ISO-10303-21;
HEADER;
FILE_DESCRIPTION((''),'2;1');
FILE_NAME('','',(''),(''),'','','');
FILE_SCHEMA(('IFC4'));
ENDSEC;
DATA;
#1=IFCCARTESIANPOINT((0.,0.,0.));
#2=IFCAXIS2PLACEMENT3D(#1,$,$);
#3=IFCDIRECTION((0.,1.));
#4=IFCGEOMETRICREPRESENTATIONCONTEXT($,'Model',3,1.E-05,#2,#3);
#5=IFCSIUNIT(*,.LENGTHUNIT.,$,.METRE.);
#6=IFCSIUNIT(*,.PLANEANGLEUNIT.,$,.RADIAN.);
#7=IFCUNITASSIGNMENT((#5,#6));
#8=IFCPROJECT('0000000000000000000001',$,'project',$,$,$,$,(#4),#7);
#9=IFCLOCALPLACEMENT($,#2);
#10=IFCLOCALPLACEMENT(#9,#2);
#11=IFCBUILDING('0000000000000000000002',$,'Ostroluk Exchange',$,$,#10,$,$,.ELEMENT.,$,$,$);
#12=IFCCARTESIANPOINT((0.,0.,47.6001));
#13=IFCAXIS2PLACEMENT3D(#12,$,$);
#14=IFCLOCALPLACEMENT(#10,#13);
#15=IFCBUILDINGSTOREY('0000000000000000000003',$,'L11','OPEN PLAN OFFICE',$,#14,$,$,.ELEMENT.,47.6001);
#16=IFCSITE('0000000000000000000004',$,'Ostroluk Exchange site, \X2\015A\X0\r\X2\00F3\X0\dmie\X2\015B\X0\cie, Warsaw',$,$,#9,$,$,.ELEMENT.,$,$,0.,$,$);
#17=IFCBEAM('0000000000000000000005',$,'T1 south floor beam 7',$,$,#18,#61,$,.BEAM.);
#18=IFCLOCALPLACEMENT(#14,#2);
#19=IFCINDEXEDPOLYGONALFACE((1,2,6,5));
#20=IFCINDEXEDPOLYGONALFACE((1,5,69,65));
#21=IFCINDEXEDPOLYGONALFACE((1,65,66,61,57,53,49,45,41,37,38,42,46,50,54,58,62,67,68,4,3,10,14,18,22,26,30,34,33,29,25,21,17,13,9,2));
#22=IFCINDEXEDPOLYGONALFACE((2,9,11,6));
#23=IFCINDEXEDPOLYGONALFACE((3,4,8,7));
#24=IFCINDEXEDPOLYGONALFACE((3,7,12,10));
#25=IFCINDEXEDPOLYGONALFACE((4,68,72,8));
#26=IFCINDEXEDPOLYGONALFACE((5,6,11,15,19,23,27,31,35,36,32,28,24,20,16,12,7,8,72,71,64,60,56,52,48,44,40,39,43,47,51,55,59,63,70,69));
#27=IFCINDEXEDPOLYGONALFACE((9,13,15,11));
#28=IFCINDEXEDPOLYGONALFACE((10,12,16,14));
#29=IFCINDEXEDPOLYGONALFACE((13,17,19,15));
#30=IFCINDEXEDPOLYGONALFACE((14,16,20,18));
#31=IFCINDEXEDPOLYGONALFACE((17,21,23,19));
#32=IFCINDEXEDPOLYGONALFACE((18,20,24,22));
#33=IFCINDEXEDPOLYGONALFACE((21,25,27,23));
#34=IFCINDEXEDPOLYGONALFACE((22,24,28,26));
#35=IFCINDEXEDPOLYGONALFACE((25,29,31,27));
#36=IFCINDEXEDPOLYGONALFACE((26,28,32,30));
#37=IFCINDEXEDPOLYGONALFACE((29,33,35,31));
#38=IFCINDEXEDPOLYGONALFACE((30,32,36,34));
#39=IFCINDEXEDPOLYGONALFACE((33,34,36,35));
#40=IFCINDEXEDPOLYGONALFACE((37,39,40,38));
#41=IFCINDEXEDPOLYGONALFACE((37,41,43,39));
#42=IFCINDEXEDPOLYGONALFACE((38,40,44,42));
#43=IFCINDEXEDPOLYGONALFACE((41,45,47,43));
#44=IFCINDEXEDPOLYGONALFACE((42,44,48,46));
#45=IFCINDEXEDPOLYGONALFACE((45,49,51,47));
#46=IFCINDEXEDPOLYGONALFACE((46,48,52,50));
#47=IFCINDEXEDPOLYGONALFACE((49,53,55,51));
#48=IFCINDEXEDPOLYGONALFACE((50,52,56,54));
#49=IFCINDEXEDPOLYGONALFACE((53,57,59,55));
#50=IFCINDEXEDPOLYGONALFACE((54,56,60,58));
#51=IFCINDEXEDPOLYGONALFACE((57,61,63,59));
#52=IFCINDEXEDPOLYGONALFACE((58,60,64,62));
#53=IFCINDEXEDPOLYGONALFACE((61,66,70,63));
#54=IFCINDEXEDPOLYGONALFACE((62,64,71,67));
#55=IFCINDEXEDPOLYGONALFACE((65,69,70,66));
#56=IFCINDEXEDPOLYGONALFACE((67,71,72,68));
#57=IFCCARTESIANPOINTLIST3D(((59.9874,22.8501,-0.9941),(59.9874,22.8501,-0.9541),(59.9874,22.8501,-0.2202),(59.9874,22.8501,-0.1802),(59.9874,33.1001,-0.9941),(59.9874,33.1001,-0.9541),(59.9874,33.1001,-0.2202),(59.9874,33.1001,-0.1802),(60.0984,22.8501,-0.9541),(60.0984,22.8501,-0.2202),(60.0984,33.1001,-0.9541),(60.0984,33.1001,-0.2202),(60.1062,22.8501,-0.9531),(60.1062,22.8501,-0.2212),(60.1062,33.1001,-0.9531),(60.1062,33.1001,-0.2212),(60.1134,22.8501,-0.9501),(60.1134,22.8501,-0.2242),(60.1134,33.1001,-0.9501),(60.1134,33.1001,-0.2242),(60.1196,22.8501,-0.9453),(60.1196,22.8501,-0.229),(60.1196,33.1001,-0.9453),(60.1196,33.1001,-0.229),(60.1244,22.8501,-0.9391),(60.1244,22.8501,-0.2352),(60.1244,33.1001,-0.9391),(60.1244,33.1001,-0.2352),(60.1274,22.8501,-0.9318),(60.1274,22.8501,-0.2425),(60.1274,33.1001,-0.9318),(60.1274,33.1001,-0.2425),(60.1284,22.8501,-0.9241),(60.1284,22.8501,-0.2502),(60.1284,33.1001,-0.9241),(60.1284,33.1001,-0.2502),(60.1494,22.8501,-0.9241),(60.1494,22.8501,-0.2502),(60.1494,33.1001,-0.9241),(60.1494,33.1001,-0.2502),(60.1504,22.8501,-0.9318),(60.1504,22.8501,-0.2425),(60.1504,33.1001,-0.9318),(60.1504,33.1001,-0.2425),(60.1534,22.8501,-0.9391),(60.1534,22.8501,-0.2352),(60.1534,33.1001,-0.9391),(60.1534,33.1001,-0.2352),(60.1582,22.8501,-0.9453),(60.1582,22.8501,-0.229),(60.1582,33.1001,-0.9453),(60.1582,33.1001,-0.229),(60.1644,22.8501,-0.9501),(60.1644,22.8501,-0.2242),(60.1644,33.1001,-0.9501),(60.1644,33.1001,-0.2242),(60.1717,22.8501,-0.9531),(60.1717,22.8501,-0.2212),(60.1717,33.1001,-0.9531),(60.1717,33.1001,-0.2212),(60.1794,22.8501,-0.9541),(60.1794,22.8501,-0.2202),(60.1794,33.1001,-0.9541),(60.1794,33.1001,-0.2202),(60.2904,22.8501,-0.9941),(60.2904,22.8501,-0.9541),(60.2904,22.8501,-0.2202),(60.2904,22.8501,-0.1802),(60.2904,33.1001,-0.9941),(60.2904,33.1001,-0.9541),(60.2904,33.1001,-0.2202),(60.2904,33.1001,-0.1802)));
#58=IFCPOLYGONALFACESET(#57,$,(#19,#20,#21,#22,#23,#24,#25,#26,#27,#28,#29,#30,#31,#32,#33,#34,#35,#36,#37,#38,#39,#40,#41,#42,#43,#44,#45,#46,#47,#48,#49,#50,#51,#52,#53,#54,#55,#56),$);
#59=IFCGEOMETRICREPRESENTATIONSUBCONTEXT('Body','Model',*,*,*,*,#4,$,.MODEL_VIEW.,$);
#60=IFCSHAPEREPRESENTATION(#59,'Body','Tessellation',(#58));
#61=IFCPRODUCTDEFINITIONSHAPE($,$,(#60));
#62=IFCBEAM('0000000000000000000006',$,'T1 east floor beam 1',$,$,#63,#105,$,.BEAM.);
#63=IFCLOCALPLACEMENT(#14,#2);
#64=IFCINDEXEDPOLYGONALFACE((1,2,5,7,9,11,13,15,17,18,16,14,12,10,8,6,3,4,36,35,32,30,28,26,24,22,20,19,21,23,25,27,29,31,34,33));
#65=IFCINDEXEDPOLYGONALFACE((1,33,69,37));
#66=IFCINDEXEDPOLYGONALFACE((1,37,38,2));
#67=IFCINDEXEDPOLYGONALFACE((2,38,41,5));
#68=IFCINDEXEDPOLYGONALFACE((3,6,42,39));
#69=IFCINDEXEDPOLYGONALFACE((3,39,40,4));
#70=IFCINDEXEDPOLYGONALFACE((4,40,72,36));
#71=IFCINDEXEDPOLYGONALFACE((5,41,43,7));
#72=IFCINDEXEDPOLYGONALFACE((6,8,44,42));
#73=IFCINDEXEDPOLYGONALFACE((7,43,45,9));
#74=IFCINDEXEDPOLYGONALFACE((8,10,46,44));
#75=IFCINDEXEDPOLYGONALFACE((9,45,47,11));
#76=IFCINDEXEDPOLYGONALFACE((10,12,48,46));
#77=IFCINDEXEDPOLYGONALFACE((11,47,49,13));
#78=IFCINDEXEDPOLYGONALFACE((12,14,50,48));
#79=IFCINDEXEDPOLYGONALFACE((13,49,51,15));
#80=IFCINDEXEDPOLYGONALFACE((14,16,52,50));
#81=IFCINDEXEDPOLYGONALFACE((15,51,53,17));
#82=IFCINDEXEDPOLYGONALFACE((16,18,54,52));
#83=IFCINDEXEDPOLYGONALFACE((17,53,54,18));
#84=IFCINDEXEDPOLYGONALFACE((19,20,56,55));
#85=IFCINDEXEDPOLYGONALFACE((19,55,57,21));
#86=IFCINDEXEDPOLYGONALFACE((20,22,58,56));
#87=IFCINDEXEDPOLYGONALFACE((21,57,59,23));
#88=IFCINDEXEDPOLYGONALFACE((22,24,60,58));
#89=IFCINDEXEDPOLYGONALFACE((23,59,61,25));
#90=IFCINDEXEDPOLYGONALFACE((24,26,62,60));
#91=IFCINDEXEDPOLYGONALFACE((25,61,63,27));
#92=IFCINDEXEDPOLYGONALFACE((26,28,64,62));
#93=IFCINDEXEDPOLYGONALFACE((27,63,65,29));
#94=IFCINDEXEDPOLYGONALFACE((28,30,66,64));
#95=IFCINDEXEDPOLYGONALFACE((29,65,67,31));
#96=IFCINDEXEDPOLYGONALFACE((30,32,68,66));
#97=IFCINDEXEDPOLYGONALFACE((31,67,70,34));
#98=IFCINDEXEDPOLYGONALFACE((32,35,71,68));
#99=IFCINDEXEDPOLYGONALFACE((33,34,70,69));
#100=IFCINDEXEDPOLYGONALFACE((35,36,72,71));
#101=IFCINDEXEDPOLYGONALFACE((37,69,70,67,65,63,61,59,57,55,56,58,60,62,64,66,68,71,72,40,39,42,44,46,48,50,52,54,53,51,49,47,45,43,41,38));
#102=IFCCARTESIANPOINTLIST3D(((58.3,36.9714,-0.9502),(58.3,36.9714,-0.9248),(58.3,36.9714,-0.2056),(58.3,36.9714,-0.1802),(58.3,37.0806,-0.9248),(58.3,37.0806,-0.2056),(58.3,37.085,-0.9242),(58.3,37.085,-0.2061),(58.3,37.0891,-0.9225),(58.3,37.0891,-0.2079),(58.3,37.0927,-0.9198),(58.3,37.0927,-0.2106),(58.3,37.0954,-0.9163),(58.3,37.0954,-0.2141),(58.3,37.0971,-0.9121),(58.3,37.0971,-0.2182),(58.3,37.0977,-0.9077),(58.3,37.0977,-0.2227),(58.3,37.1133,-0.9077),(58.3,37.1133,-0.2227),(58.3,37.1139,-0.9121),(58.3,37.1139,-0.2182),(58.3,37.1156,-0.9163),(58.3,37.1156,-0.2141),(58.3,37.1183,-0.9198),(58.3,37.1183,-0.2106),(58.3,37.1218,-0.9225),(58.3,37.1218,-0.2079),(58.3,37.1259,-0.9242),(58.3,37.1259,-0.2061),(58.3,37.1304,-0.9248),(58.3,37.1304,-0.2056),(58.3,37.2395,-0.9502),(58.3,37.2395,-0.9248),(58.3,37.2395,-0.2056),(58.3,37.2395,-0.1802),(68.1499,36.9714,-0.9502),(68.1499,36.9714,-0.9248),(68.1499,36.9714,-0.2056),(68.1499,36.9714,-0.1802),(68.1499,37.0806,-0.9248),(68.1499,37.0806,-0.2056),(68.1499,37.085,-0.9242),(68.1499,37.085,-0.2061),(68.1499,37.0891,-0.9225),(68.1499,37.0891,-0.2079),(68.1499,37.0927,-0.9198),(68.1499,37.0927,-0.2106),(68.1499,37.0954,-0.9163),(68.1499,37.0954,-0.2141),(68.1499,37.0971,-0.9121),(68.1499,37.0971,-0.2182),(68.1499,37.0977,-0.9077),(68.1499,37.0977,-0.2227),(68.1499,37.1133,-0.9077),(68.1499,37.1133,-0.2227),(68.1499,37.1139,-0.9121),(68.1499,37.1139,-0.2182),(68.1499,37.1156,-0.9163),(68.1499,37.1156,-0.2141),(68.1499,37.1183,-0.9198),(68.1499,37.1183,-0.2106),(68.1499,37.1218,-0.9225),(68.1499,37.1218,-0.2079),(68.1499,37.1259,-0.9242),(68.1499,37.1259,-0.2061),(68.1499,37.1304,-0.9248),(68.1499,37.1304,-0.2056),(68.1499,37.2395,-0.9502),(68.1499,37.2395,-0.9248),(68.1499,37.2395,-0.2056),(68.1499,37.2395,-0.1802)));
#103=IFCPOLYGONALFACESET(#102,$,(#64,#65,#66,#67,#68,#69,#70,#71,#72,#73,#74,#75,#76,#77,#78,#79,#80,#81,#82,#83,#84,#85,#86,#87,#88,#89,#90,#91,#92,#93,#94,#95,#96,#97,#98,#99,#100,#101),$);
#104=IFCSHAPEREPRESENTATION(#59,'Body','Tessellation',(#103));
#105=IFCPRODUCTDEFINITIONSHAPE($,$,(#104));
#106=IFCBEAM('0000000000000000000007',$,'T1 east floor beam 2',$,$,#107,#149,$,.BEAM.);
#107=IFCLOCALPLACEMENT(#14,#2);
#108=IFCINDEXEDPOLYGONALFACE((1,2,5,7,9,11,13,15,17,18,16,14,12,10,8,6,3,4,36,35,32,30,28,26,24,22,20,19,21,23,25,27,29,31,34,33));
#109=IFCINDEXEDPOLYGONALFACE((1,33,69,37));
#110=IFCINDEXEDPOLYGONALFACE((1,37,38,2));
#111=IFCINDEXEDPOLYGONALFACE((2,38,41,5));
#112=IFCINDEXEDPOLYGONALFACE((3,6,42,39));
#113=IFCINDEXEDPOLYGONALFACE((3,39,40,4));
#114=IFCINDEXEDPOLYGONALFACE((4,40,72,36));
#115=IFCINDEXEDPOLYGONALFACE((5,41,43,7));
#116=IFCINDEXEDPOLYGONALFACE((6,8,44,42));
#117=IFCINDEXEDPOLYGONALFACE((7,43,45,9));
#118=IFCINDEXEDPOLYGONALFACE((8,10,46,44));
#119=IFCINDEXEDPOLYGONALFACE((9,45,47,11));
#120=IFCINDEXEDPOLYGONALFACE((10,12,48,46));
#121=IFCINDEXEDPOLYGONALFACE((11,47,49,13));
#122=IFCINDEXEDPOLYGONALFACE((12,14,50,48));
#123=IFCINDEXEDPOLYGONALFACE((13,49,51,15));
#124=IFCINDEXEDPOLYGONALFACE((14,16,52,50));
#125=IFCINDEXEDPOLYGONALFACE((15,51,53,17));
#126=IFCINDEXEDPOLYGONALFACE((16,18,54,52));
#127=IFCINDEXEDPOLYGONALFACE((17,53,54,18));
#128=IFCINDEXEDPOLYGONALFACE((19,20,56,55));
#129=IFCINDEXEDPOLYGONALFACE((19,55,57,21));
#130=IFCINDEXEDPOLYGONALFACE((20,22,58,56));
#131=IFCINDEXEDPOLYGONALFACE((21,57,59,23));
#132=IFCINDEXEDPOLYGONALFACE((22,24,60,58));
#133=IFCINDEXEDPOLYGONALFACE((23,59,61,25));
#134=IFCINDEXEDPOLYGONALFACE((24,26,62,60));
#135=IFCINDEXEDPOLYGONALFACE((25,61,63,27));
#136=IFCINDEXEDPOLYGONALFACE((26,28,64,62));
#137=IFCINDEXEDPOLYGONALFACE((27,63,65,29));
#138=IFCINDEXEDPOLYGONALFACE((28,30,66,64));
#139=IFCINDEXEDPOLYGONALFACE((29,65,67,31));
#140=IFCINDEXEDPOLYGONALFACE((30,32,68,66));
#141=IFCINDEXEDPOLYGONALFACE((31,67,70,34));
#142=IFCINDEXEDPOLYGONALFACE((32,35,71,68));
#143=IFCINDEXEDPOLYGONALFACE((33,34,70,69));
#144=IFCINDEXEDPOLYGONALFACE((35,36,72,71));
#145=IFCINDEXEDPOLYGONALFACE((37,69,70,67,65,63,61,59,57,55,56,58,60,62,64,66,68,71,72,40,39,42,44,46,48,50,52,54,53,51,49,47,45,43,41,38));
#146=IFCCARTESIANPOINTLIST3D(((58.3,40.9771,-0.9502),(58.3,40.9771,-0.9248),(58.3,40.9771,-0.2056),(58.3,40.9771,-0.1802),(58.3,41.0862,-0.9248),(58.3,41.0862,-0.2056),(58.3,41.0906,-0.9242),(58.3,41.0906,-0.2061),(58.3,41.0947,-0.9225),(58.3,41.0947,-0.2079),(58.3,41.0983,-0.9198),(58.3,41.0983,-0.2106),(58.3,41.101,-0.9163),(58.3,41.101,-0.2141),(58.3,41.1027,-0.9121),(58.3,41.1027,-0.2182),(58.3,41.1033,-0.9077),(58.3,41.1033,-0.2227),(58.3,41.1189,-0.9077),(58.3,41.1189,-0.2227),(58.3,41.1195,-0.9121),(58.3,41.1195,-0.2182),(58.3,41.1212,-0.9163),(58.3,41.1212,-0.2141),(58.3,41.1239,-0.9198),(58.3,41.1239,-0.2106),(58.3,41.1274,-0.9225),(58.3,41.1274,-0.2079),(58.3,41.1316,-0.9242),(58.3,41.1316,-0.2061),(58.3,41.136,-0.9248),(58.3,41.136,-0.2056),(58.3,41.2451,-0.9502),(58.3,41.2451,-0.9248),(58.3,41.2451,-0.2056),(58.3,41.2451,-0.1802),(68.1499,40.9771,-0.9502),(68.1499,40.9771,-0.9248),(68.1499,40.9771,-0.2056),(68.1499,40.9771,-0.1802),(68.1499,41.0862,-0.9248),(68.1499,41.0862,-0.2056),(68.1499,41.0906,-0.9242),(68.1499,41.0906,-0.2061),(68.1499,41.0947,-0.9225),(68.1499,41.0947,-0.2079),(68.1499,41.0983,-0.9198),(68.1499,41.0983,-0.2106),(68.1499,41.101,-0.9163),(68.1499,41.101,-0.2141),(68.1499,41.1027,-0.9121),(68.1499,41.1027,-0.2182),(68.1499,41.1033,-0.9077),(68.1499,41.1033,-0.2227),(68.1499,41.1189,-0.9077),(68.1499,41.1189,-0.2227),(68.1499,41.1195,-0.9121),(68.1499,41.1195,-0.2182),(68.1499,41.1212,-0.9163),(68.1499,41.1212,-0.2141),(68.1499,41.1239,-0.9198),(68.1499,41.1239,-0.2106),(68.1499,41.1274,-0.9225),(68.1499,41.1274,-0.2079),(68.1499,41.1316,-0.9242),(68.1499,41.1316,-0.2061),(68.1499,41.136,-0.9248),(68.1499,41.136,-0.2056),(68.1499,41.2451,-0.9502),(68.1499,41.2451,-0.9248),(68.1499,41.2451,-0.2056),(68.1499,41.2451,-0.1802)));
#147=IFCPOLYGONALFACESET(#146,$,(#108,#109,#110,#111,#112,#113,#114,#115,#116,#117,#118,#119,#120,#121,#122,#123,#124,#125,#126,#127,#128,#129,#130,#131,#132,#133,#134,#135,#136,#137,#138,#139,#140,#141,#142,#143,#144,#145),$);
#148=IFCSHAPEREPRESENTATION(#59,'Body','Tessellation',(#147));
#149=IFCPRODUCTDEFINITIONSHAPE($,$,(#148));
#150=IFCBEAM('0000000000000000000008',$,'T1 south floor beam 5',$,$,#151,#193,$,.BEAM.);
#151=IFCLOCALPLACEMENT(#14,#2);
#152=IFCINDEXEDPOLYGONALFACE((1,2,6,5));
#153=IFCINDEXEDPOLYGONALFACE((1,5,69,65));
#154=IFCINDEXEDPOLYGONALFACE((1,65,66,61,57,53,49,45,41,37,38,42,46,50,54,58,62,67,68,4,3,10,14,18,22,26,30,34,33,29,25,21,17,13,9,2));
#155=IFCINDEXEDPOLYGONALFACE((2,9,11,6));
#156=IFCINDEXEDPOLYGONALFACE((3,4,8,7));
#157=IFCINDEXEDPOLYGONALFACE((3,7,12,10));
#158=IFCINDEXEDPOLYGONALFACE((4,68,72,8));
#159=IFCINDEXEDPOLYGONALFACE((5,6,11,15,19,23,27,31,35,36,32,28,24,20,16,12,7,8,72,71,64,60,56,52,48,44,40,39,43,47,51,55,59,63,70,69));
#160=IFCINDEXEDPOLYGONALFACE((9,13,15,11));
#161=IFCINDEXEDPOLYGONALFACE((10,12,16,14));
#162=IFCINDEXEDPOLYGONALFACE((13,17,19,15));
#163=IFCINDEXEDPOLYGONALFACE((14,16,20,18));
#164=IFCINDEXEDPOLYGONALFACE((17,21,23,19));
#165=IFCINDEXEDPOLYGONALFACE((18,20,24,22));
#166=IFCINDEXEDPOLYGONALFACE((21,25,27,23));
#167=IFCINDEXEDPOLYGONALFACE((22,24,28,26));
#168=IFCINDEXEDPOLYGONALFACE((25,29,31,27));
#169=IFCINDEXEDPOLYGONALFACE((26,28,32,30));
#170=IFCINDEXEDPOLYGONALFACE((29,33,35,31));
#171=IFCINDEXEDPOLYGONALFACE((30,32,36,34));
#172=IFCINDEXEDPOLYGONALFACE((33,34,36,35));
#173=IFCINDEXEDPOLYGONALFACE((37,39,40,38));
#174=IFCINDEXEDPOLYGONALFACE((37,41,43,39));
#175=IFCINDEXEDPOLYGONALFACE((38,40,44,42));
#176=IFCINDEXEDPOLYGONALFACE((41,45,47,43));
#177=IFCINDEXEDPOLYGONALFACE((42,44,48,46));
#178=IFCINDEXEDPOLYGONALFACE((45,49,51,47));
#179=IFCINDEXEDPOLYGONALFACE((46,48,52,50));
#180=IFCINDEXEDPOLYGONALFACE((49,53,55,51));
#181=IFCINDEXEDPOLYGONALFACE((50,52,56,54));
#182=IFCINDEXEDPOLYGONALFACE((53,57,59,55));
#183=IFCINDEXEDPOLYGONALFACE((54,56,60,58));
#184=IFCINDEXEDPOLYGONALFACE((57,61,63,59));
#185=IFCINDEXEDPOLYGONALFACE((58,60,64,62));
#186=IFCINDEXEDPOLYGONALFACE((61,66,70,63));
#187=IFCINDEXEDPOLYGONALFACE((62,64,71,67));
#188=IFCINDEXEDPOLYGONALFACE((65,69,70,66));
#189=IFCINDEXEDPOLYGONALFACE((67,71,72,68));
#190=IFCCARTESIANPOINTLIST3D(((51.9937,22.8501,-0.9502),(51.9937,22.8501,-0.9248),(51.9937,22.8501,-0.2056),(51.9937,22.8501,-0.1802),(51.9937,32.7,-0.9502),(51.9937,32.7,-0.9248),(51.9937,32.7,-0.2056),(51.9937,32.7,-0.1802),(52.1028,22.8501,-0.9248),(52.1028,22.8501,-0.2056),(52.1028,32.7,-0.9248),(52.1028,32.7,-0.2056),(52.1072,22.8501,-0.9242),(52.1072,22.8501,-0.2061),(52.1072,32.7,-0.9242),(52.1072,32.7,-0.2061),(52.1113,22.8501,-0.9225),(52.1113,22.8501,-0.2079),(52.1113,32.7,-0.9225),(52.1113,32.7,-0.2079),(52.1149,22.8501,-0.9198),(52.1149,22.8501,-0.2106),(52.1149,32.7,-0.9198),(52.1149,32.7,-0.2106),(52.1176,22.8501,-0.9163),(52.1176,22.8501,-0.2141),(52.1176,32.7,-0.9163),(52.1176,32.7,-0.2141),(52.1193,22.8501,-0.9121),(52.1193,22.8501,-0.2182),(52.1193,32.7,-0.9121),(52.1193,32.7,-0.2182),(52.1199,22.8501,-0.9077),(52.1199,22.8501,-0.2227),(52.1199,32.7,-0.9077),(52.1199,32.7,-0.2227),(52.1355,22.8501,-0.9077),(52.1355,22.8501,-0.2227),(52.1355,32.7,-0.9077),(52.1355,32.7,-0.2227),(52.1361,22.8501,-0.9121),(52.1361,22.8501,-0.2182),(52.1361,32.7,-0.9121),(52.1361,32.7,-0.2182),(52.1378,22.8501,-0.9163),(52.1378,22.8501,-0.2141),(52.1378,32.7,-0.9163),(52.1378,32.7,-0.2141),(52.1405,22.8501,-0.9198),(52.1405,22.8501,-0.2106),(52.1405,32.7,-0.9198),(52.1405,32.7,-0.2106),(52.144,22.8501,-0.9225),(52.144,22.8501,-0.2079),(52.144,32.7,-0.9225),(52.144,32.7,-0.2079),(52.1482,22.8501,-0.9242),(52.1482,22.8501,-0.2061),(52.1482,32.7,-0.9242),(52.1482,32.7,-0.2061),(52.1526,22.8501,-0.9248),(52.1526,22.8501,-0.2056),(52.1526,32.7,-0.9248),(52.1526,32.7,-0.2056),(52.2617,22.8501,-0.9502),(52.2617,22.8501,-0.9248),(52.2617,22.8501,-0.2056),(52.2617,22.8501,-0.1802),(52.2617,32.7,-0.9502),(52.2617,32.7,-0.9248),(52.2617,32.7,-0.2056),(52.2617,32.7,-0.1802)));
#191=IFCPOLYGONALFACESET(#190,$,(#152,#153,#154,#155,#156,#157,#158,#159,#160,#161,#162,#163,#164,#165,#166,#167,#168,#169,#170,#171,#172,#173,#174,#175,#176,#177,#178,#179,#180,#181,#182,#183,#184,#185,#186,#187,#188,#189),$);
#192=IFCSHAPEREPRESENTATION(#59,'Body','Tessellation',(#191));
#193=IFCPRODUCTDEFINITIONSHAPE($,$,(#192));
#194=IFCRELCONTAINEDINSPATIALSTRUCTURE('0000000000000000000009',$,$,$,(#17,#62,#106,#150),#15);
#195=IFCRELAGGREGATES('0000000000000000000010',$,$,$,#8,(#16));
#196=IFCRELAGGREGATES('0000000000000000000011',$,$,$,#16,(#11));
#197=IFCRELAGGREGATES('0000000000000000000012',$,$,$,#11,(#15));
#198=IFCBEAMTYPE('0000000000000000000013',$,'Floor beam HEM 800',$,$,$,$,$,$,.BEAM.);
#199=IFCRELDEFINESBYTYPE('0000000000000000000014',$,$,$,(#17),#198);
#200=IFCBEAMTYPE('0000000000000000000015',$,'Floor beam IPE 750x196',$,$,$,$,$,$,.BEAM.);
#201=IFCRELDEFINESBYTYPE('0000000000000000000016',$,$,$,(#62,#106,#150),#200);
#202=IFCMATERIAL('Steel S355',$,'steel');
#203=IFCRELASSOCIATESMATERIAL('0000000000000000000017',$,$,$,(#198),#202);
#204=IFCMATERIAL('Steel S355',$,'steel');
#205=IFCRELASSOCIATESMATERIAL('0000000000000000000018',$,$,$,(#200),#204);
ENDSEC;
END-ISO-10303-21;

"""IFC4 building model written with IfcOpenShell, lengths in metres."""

from ifc_helpers import new_model, si_unit, direction, frame, origin, origin_2d, place, context, subcontext, project, spatial, i_section, extrude, material, material_profile, profile_set, type_object, element, save


model = new_model("IFC4")

# Units and contexts
model_context = context("Model", 3, precision=1e-05, world=origin(), true_north=direction((0.0, 1.0)))
body_context = subcontext(model_context, "Body", "Model", "MODEL_VIEW")
ifc_project = project(units=[si_unit("LENGTHUNIT", "METRE"), si_unit("PLANEANGLEUNIT", "RADIAN")], contexts=[model_context])

# Site, building, storey
site_placement = place(None, origin())
site = spatial("IfcSite", under=ifc_project, at=site_placement, Name="Ostroluk Exchange site, Śródmieście, Warsaw", CompositionType="ELEMENT", RefElevation=0.0)
building_placement = place(site_placement, origin())
building = spatial("IfcBuilding", under=site, at=building_placement, Name="Ostroluk Exchange", CompositionType="ELEMENT")
storey_placement = place(building_placement, frame((0.0, 0.0, 47.6001)))
storey = spatial("IfcBuildingStorey", under=building, at=storey_placement, Name="L11", Description="OPEN PLAN OFFICE", CompositionType="ELEMENT", Elevation=47.6001)

# Beams
ifc_material_1 = material(Name="Steel S355", Category="steel")
ifc_material_profile_1 = material_profile(ifc_material_1, i_section(OverallWidth=0.303, OverallDepth=0.814, WebThickness=0.021, FlangeThickness=0.04, FilletRadius=0.03, at=origin_2d()), Name="HEM 800")
ifc_profile_set_1 = profile_set([ifc_material_profile_1], Name="Steel S355")
beam_type_1 = type_object("IfcBeamType", Name="Floor beam HEM 800", PredefinedType="BEAM", material=ifc_profile_set_1)
beam_1_placement = place(storey_placement, frame((60.1389, 33.1001, -0.5872), z_axis=(0.0, -1.0, 0.0), x_axis=(1.0, 0.0, 0.0)))
element("IfcBeam", 1, at=beam_1_placement, inside=storey, type_object=beam_type_1, Name="T1 south floor beam 7", PredefinedType="BEAM", context=body_context, shape_type="SweptSolid", body=[
    extrude(i_section(OverallWidth=0.303, OverallDepth=0.814, WebThickness=0.021, FlangeThickness=0.04, FilletRadius=0.03, at=origin_2d()), origin(), (0.0, 0.0, 1.0), 10.25),
])
ifc_material_2 = material(Name="Steel S355", Category="steel")
ifc_material_profile_2 = material_profile(ifc_material_2, i_section(OverallWidth=0.2681, OverallDepth=0.77, WebThickness=0.0156, FlangeThickness=0.0254, FilletRadius=0.0171, at=origin_2d()), Name="IPE 750x196")
ifc_profile_set_2 = profile_set([ifc_material_profile_2], Name="Steel S355")
beam_type_2 = type_object("IfcBeamType", Name="Floor beam IPE 750x196", PredefinedType="BEAM", material=ifc_profile_set_2)
for number, where, z_axis, x_axis, name in (
    (2, (58.3, 37.1055, -0.5652), (1.0, 0.0, 0.0), (0.0, 1.0, 0.0), "T1 east floor beam 1"),
    (3, (58.3, 41.1111, -0.5652), (1.0, 0.0, 0.0), (0.0, 1.0, 0.0), "T1 east floor beam 2"),
    (4, (52.1277, 32.7, -0.5652), (0.0, -1.0, 0.0), (1.0, 0.0, 0.0), "T1 south floor beam 5"),
):
    element("IfcBeam", number, at=place(storey_placement, frame(where, z_axis=z_axis, x_axis=x_axis)), inside=storey, type_object=beam_type_2, Name=name, PredefinedType="BEAM", context=body_context, shape_type="SweptSolid", body=[
        extrude(i_section(OverallWidth=0.2681, OverallDepth=0.77, WebThickness=0.0156, FlangeThickness=0.0254, FilletRadius=0.0171, at=origin_2d()), origin(), (0.0, 0.0, 1.0), 9.8499),
    ])

save(model, "model.ifc")
